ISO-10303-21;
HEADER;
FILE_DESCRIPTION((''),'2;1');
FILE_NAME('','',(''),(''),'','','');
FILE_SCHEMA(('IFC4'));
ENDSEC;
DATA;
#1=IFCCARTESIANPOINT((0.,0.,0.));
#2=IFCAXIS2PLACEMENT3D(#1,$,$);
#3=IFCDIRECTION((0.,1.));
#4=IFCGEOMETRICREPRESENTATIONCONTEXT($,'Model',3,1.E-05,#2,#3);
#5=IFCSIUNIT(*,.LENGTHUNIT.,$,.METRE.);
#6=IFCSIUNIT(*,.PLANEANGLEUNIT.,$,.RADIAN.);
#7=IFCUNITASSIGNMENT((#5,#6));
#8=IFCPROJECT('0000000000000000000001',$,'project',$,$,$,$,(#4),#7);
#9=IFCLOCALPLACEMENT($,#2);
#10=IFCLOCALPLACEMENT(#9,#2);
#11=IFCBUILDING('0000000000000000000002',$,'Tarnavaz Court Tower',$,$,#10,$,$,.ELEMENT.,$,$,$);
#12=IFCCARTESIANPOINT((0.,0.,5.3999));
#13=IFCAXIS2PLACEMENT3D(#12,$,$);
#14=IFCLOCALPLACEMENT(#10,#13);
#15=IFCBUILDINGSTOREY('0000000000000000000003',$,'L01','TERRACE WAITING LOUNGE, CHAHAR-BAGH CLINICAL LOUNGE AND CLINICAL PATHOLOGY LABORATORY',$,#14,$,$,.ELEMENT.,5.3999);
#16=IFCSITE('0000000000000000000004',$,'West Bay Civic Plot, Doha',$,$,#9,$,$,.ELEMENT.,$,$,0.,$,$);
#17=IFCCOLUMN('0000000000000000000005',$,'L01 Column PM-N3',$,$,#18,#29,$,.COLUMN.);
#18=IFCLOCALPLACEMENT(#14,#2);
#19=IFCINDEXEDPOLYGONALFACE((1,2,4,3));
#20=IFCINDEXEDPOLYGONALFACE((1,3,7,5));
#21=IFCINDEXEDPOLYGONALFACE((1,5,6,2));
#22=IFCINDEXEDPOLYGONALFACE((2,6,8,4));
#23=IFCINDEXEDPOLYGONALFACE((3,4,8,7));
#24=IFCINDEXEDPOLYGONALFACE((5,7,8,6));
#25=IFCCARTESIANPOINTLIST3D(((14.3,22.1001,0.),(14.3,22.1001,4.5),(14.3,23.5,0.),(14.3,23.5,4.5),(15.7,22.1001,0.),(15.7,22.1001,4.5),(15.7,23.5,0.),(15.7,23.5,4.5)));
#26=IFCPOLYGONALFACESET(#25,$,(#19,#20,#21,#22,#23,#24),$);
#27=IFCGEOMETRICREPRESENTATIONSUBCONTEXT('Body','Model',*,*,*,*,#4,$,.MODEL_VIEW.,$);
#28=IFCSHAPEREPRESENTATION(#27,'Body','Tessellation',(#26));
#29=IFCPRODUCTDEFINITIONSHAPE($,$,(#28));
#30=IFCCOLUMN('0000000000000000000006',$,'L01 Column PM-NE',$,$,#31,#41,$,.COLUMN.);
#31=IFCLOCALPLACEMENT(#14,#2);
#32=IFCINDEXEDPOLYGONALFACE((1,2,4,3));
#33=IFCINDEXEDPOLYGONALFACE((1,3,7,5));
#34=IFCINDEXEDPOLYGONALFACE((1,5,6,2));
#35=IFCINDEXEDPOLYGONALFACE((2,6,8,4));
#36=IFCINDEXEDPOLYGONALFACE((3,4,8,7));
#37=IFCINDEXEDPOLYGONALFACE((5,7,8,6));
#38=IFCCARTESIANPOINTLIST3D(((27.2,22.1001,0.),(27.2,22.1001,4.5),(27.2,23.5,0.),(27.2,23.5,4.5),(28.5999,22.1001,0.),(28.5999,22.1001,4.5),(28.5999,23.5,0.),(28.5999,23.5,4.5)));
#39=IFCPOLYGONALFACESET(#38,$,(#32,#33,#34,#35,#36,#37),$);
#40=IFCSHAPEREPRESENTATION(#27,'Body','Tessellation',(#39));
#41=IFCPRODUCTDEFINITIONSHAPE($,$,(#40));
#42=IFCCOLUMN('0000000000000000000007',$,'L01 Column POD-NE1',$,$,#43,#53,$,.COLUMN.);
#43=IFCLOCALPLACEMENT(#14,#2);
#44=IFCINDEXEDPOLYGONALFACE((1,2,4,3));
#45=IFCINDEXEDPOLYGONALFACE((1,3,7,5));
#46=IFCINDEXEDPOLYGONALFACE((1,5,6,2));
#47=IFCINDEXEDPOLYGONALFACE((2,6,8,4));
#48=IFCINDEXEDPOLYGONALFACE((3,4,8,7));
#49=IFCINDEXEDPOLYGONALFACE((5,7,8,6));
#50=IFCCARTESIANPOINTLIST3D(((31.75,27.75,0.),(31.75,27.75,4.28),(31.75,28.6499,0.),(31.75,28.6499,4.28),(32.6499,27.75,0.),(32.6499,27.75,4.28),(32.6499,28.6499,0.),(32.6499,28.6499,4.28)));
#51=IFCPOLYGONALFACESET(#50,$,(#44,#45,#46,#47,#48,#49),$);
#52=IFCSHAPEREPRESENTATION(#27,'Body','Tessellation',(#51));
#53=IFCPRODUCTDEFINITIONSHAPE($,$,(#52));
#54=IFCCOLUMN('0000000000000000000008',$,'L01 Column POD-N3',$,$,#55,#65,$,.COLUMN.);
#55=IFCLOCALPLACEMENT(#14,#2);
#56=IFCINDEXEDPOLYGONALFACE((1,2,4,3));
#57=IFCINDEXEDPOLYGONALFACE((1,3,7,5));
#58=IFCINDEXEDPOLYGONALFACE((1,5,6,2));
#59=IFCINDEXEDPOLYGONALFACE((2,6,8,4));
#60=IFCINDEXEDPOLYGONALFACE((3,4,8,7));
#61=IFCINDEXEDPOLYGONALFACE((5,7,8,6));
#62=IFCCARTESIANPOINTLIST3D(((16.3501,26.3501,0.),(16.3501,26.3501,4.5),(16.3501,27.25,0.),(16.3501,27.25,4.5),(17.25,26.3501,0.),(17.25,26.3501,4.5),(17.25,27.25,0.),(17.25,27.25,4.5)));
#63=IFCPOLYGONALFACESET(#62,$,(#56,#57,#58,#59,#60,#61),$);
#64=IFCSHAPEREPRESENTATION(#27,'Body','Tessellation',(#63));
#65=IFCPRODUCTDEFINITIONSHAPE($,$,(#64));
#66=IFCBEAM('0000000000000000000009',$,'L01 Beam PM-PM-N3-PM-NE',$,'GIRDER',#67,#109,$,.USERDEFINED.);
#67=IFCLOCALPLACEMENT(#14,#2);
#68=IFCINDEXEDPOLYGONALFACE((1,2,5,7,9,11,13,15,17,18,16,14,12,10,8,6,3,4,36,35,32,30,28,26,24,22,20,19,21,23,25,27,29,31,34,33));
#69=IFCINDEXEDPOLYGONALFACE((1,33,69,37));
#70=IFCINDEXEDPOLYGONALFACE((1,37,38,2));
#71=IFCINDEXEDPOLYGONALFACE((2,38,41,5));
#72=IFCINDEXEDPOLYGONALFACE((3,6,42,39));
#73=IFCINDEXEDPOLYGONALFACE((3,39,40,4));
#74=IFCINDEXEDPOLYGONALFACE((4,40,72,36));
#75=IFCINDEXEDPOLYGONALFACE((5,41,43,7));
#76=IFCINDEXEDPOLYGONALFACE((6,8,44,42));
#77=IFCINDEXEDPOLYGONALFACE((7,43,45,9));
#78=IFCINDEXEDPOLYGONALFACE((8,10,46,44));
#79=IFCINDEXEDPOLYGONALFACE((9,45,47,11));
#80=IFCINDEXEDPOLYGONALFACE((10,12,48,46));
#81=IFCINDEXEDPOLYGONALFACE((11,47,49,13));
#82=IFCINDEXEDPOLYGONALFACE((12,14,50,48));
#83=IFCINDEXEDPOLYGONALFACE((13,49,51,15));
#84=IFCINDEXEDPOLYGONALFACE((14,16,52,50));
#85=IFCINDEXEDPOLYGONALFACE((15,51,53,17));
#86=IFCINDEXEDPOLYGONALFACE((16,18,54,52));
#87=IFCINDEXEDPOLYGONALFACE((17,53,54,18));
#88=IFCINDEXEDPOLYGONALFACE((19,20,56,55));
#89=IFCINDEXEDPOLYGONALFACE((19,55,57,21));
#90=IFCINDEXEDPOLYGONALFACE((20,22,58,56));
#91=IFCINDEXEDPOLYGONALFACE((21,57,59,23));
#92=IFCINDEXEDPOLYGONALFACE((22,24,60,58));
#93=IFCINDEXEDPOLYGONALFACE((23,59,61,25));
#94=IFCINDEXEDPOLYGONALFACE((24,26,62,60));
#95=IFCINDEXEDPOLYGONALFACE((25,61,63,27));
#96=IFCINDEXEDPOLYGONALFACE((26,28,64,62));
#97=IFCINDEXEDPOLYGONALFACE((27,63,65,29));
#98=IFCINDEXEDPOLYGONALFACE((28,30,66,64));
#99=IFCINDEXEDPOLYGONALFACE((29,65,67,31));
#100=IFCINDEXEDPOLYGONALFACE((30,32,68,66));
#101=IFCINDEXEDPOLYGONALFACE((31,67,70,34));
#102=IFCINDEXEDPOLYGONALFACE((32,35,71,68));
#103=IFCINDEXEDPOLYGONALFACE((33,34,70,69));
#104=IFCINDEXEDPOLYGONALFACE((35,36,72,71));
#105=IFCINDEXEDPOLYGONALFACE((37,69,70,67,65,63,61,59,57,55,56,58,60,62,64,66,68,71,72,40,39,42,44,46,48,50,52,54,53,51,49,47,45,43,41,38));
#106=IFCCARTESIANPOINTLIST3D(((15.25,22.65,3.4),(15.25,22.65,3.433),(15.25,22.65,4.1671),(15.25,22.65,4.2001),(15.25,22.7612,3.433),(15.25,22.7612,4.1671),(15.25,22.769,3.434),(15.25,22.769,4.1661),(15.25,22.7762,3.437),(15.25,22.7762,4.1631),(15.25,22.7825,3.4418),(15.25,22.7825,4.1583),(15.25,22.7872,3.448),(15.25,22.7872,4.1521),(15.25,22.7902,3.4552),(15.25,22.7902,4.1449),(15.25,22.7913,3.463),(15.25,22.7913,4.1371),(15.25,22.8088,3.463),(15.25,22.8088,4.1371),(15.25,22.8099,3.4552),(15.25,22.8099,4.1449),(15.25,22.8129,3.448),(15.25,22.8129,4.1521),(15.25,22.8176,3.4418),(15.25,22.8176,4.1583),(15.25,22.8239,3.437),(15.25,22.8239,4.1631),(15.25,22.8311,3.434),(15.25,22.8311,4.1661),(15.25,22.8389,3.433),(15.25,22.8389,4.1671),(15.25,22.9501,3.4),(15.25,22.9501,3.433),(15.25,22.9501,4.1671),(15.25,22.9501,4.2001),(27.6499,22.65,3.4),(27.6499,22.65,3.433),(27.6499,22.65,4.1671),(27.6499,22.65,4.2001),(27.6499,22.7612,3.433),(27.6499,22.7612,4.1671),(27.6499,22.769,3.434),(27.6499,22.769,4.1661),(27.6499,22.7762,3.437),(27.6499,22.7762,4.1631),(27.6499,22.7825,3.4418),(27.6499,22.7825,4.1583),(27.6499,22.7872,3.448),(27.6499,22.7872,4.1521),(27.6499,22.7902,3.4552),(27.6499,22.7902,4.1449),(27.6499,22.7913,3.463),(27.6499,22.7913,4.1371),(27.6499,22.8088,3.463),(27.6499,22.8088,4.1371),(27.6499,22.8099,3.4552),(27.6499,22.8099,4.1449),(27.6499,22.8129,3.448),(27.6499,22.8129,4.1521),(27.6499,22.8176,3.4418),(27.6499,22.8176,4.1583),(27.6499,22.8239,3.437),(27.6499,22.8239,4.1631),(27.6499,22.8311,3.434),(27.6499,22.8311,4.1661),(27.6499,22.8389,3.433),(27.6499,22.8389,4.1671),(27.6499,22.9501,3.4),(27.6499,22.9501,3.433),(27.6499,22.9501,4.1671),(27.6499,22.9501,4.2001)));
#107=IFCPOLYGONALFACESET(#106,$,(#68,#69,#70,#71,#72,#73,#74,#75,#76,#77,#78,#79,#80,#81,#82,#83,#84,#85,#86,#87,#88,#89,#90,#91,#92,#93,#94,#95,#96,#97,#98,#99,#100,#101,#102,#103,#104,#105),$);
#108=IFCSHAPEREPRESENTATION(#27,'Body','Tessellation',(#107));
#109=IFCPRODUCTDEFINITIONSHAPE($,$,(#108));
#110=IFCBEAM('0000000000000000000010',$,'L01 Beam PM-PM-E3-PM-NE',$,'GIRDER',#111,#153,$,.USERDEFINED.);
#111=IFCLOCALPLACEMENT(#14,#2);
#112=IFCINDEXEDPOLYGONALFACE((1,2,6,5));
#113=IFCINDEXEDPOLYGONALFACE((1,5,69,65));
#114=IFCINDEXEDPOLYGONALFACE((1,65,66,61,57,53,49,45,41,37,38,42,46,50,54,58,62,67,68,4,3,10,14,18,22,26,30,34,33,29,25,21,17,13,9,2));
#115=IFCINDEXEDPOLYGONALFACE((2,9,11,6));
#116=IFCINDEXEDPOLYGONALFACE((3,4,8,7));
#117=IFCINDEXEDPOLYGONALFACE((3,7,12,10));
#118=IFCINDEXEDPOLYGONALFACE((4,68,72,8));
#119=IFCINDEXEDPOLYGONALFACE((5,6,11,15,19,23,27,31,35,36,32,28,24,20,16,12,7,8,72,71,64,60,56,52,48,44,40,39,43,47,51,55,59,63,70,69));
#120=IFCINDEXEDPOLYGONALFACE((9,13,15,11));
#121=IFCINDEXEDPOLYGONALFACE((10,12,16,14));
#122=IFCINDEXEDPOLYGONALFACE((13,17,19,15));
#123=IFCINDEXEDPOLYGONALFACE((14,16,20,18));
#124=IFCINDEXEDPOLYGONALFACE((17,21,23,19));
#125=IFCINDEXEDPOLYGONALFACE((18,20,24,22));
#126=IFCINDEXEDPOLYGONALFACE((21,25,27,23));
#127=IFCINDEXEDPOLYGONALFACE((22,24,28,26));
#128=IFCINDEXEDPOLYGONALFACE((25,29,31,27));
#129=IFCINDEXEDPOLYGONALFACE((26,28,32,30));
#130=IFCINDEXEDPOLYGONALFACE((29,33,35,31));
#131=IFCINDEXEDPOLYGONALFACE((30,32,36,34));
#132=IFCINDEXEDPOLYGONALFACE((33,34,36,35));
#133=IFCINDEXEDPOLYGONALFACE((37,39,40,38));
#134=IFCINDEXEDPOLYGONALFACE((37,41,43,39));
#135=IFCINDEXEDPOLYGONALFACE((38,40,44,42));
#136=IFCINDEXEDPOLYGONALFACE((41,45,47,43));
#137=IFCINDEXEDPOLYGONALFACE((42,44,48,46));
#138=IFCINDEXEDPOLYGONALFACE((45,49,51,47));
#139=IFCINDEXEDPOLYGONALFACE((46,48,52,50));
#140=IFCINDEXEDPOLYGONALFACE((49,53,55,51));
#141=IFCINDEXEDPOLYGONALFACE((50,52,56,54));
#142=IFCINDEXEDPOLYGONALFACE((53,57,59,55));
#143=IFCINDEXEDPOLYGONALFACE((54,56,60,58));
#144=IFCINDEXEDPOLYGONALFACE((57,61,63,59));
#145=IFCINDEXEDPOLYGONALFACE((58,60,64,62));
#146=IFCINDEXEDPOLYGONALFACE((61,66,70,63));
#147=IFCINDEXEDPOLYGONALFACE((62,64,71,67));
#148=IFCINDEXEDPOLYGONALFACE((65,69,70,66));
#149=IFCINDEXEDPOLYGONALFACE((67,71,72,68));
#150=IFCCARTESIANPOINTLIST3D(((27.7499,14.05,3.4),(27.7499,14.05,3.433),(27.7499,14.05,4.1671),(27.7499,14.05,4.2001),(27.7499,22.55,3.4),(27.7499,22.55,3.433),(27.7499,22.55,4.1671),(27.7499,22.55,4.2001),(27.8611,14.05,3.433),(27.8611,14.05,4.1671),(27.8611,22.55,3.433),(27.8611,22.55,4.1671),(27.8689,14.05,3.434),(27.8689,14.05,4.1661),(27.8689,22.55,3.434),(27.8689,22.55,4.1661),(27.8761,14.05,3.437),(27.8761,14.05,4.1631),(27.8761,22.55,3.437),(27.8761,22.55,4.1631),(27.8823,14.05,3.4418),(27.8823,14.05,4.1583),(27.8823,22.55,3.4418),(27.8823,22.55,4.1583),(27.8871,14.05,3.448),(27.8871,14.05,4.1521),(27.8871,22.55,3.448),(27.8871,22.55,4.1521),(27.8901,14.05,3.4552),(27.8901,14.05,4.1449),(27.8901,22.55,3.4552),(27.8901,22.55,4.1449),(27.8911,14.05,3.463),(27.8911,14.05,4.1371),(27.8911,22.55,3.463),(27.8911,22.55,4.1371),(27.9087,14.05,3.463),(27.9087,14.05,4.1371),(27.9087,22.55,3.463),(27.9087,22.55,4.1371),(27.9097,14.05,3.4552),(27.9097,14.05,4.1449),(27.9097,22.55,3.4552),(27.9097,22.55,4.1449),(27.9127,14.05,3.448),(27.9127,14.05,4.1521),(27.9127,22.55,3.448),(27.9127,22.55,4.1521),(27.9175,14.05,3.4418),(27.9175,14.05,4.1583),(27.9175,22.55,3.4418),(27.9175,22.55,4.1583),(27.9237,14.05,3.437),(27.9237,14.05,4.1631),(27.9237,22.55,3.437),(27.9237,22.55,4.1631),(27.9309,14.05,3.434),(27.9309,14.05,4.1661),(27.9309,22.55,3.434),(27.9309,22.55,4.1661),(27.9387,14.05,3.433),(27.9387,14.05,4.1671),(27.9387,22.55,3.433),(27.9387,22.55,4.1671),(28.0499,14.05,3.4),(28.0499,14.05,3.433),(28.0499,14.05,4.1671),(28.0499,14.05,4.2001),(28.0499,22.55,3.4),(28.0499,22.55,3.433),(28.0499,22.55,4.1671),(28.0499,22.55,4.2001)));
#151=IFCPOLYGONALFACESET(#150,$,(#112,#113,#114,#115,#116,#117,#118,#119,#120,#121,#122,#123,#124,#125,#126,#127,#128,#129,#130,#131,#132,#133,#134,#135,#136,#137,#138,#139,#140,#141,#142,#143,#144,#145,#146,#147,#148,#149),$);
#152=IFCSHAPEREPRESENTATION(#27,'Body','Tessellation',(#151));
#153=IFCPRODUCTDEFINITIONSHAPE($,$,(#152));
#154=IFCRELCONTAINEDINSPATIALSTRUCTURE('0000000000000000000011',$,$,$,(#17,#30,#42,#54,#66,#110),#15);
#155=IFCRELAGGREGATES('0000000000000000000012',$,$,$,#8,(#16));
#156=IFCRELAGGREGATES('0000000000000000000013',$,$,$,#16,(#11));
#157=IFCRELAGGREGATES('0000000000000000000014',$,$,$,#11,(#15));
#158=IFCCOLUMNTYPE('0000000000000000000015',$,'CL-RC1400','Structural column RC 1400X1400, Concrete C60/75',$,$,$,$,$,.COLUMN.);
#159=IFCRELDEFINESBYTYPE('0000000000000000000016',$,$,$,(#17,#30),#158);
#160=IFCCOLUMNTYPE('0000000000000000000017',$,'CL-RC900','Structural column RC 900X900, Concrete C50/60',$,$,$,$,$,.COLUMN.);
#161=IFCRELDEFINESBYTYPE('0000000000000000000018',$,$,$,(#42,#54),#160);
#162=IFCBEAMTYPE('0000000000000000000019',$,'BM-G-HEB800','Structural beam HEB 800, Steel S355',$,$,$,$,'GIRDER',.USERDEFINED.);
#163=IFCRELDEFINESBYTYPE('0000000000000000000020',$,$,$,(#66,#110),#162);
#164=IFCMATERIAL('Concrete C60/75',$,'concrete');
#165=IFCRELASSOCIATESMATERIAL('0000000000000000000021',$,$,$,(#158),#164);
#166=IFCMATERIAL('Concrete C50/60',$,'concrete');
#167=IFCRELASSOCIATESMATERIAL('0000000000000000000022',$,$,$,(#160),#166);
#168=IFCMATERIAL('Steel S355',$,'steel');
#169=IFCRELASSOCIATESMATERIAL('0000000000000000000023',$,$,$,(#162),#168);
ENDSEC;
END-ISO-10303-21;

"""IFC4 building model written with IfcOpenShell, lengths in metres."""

from ifc_helpers import new_model, si_unit, direction, frame, origin, origin_2d, place, context, subcontext, project, spatial, rectangle, i_section, extrude, material, material_profile, profile_set, type_object, element, save


model = new_model("IFC4")

# Units and contexts
model_context = context("Model", 3, precision=1e-05, world=origin(), true_north=direction((0.0, 1.0)))
body_context = subcontext(model_context, "Body", "Model", "MODEL_VIEW")
ifc_project = project(units=[si_unit("LENGTHUNIT", "METRE"), si_unit("PLANEANGLEUNIT", "RADIAN")], contexts=[model_context])

# Site, building, storey
site_placement = place(None, origin())
site = spatial("IfcSite", under=ifc_project, at=site_placement, Name="West Bay Civic Plot, Doha", CompositionType="ELEMENT", RefElevation=0.0)
building_placement = place(site_placement, origin())
building = spatial("IfcBuilding", under=site, at=building_placement, Name="Tarnavaz Court Tower", CompositionType="ELEMENT")
storey_placement = place(building_placement, frame((0.0, 0.0, 5.3999)))
storey = spatial("IfcBuildingStorey", under=building, at=storey_placement, Name="L01", Description="TERRACE WAITING LOUNGE, CHAHAR-BAGH CLINICAL LOUNGE AND CLINICAL PATHOLOGY LABORATORY", CompositionType="ELEMENT", Elevation=5.3999)

# Columns
ifc_material_1 = material(Name="Concrete C60/75", Category="concrete")
ifc_material_profile_1 = material_profile(ifc_material_1, rectangle(XDim=1.3999, YDim=1.3999, at=origin_2d()), Name="RC 1400X1400")
ifc_profile_set_1 = profile_set([ifc_material_profile_1], Name="Concrete C60/75")
column_type_1 = type_object("IfcColumnType", Name="CL-RC1400", Description="Structural column RC 1400X1400, Concrete C60/75", PredefinedType="COLUMN", material=ifc_profile_set_1)
for number, where, z_axis, x_axis, name in (
    (1, (15.0, 22.8, 0.0), (0.0, 0.0, 1.0), (1.0, 0.0, 0.0), "L01 Column PM-N3"),
    (2, (27.8999, 22.8, 0.0), (0.0, 0.0, 1.0), (1.0, 0.0, 0.0), "L01 Column PM-NE"),
):
    element("IfcColumn", number, at=place(storey_placement, frame(where, z_axis=z_axis, x_axis=x_axis)), inside=storey, type_object=column_type_1, Name=name, PredefinedType="COLUMN", context=body_context, shape_type="SweptSolid", body=[
        extrude(rectangle(XDim=1.3999, YDim=1.3999, at=origin_2d()), origin(), (0.0, 0.0, 1.0), 4.5),
    ])
ifc_material_2 = material(Name="Concrete C50/60", Category="concrete")
ifc_material_profile_2 = material_profile(ifc_material_2, rectangle(XDim=0.8999, YDim=0.8999, at=origin_2d()), Name="RC 900X900")
ifc_profile_set_2 = profile_set([ifc_material_profile_2], Name="Concrete C50/60")
column_type_2 = type_object("IfcColumnType", Name="CL-RC900", Description="Structural column RC 900X900, Concrete C50/60", PredefinedType="COLUMN", material=ifc_profile_set_2)
column_1_placement = place(storey_placement, frame((32.2, 28.2, 0.0), z_axis=(0.0, 0.0, 1.0), x_axis=(1.0, 0.0, 0.0)))
element("IfcColumn", 3, at=column_1_placement, inside=storey, type_object=column_type_2, Name="L01 Column POD-NE1", PredefinedType="COLUMN", context=body_context, shape_type="SweptSolid", body=[
    extrude(rectangle(XDim=0.8999, YDim=0.8999, at=origin_2d()), origin(), (0.0, 0.0, 1.0), 4.28),
])
column_2_placement = place(storey_placement, frame((16.8, 26.8, 0.0), z_axis=(0.0, 0.0, 1.0), x_axis=(1.0, 0.0, 0.0)))
element("IfcColumn", 4, at=column_2_placement, inside=storey, type_object=column_type_2, Name="L01 Column POD-N3", PredefinedType="COLUMN", context=body_context, shape_type="SweptSolid", body=[
    extrude(rectangle(XDim=0.8999, YDim=0.8999, at=origin_2d()), origin(), (0.0, 0.0, 1.0), 4.5),
])

# Beams
ifc_material_3 = material(Name="Steel S355", Category="steel")
ifc_material_profile_3 = material_profile(ifc_material_3, i_section(OverallWidth=0.3, OverallDepth=0.8, WebThickness=0.0176, FlangeThickness=0.033, FilletRadius=0.03, at=origin_2d()), Name="HEB 800")
ifc_profile_set_3 = profile_set([ifc_material_profile_3], Name="Steel S355")
beam_type_1 = type_object("IfcBeamType", Name="BM-G-HEB800", Description="Structural beam HEB 800, Steel S355", ElementType="GIRDER", PredefinedType="USERDEFINED", material=ifc_profile_set_3)
beam_1_placement = place(storey_placement, frame((15.25, 22.8, 3.8), z_axis=(1.0, 0.0, 0.0), x_axis=(0.0, 1.0, 0.0)))
element("IfcBeam", 5, at=beam_1_placement, inside=storey, type_object=beam_type_1, Name="L01 Beam PM-PM-N3-PM-NE", ObjectType="GIRDER", PredefinedType="USERDEFINED", context=body_context, shape_type="SweptSolid", body=[
    extrude(i_section(OverallWidth=0.3, OverallDepth=0.8, WebThickness=0.0176, FlangeThickness=0.033, FilletRadius=0.03, at=origin_2d()), origin(), (0.0, 0.0, 1.0), 12.3999),
])
beam_2_placement = place(storey_placement, frame((27.8999, 14.05, 3.8), z_axis=(0.0, 1.0, 0.0), x_axis=(-1.0, 0.0, 0.0)))
element("IfcBeam", 6, at=beam_2_placement, inside=storey, type_object=beam_type_1, Name="L01 Beam PM-PM-E3-PM-NE", ObjectType="GIRDER", PredefinedType="USERDEFINED", context=body_context, shape_type="SweptSolid", body=[
    extrude(i_section(OverallWidth=0.3, OverallDepth=0.8, WebThickness=0.0176, FlangeThickness=0.033, FilletRadius=0.03, at=origin_2d()), origin(), (0.0, 0.0, 1.0), 8.5),
])

save(model, "model.ifc")
